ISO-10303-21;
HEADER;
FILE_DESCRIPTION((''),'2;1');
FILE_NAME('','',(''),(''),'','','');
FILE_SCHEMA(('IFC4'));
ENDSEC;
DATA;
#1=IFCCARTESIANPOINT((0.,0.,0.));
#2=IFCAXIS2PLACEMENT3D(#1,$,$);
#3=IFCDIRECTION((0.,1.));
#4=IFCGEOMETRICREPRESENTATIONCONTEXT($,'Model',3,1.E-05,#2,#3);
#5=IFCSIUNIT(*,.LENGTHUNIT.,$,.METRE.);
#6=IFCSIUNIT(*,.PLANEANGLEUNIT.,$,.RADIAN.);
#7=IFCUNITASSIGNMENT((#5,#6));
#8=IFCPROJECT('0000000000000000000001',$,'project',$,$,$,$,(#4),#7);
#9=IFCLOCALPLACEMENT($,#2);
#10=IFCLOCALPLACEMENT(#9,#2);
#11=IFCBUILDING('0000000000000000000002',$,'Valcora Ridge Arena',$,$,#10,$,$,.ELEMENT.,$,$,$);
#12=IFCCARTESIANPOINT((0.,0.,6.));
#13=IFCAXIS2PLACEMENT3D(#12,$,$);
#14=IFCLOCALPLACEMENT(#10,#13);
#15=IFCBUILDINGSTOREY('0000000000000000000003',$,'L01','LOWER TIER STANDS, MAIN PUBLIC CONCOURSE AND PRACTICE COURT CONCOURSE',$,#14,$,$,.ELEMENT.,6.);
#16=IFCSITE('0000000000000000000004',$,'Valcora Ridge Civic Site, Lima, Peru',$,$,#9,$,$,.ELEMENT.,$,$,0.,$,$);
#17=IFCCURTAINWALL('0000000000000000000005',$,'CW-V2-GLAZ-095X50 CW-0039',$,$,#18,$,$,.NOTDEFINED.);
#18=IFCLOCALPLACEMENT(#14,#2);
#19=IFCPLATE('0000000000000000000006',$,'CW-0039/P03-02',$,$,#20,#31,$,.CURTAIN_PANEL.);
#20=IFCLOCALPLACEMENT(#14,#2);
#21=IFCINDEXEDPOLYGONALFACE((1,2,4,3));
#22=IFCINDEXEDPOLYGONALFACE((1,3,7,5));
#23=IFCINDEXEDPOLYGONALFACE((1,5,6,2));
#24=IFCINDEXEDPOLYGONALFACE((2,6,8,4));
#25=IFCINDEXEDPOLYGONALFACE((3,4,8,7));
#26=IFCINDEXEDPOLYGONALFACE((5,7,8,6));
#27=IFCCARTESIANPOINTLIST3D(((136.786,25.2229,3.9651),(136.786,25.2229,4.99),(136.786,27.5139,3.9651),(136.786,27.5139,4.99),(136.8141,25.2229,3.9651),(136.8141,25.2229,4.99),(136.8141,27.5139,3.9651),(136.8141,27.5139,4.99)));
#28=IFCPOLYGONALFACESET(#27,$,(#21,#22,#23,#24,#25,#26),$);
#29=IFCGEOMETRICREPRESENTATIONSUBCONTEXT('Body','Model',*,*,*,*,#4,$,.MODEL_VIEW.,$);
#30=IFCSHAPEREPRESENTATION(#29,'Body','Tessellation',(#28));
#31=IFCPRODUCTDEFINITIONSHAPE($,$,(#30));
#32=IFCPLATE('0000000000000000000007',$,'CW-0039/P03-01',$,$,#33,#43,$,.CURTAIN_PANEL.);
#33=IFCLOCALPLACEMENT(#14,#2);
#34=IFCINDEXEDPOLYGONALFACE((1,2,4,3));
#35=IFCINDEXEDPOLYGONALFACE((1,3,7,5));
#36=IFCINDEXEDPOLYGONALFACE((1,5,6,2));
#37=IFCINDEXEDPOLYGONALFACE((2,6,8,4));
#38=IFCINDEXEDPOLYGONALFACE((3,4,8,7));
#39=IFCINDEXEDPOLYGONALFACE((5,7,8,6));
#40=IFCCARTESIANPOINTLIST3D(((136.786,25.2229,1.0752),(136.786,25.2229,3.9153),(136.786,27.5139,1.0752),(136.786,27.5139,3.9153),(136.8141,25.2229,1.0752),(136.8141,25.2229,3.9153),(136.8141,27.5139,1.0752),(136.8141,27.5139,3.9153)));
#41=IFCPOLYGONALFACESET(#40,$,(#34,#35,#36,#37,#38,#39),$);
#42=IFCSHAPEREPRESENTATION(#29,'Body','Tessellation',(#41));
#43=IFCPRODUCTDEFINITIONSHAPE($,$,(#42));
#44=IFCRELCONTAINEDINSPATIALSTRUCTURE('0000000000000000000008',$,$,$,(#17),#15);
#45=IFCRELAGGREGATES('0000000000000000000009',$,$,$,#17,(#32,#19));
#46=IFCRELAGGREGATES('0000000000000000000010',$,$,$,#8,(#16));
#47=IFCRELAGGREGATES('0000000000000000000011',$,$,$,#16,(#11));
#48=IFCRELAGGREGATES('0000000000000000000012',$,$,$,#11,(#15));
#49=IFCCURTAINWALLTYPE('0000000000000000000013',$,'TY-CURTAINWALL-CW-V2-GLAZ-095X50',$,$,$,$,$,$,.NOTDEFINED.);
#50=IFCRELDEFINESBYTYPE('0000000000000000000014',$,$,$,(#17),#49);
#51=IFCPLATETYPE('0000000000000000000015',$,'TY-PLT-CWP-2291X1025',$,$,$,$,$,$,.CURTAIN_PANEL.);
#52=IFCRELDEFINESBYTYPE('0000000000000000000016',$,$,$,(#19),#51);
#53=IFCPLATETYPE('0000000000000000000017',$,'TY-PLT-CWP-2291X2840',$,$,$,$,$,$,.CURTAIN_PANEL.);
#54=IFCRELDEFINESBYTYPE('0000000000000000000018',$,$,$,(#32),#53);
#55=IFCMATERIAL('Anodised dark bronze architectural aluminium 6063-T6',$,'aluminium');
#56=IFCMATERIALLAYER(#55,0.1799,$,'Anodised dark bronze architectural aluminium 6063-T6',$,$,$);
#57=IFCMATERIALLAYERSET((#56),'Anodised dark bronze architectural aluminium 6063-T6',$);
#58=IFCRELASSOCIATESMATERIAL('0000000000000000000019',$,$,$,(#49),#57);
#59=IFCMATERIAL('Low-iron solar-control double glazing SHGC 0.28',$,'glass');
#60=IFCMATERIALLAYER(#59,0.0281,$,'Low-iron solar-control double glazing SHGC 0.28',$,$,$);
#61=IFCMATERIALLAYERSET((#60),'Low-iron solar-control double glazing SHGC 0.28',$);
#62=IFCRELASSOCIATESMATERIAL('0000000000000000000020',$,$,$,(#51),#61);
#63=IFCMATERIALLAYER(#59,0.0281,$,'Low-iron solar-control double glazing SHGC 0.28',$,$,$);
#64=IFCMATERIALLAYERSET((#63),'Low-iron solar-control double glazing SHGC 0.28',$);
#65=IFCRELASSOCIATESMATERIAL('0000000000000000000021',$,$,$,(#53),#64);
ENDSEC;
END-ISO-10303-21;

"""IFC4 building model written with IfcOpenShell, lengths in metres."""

from ifc_helpers import new_model, si_unit, direction, frame, origin, origin_2d, place, context, subcontext, project, spatial, rectangle, extrude, material, layer, layer_set, type_object, element, aggregate, save


model = new_model("IFC4")

# Units and contexts
model_context = context("Model", 3, precision=1e-05, world=origin(), true_north=direction((0.0, 1.0)))
body_context = subcontext(model_context, "Body", "Model", "MODEL_VIEW")
ifc_project = project(units=[si_unit("LENGTHUNIT", "METRE"), si_unit("PLANEANGLEUNIT", "RADIAN")], contexts=[model_context])

# Site, building, storey
site_placement = place(None, origin())
site = spatial("IfcSite", under=ifc_project, at=site_placement, Name="Valcora Ridge Civic Site, Lima, Peru", CompositionType="ELEMENT", RefElevation=0.0)
building_placement = place(site_placement, origin())
building = spatial("IfcBuilding", under=site, at=building_placement, Name="Valcora Ridge Arena", CompositionType="ELEMENT")
storey_placement = place(building_placement, frame((0.0, 0.0, 6.0)))
storey = spatial("IfcBuildingStorey", under=building, at=storey_placement, Name="L01", Description="LOWER TIER STANDS, MAIN PUBLIC CONCOURSE AND PRACTICE COURT CONCOURSE", CompositionType="ELEMENT", Elevation=6.0)

# Curtain wall
ifc_material_1 = material(Name="Anodised dark bronze architectural aluminium 6063-T6", Category="aluminium")
ifc_layer_1 = layer(ifc_material_1, 0.1799, Name="Anodised dark bronze architectural aluminium 6063-T6")
ifc_layer_set_1 = layer_set([ifc_layer_1], Name="Anodised dark bronze architectural aluminium 6063-T6")
curtain_wall_type_1 = type_object("IfcCurtainWallType", Name="TY-CURTAINWALL-CW-V2-GLAZ-095X50", PredefinedType="NOTDEFINED", material=ifc_layer_set_1)
curtain_wall_1_placement = place(storey_placement, origin())
curtain_wall_1 = element("IfcCurtainWall", 1, at=curtain_wall_1_placement, inside=storey, type_object=curtain_wall_type_1, Name="CW-V2-GLAZ-095X50 CW-0039", PredefinedType="NOTDEFINED")

# Plates
ifc_material_2 = material(Name="Low-iron solar-control double glazing SHGC 0.28", Category="glass")
ifc_layer_2 = layer(ifc_material_2, 0.0281, Name="Low-iron solar-control double glazing SHGC 0.28")
ifc_layer_set_2 = layer_set([ifc_layer_2], Name="Low-iron solar-control double glazing SHGC 0.28")
plate_type_1 = type_object("IfcPlateType", Name="TY-PLT-CWP-2291X1025", PredefinedType="CURTAIN_PANEL", material=ifc_layer_set_2)
plate_1_placement = place(storey_placement, frame((136.8, 26.3684, 3.9651), z_axis=(0.0, 0.0, 1.0), x_axis=(0.0, 1.0, 0.0)))
plate_1 = element("IfcPlate", 2, at=plate_1_placement, type_object=plate_type_1, Name="CW-0039/P03-02", PredefinedType="CURTAIN_PANEL", context=body_context, shape_type="SweptSolid", body=[
    extrude(rectangle(XDim=2.291, YDim=0.0281, at=origin_2d()), origin(), (0.0, 0.0, 1.0), 1.0249),
])
ifc_layer_3 = layer(ifc_material_2, 0.0281, Name="Low-iron solar-control double glazing SHGC 0.28")
ifc_layer_set_3 = layer_set([ifc_layer_3], Name="Low-iron solar-control double glazing SHGC 0.28")
plate_type_2 = type_object("IfcPlateType", Name="TY-PLT-CWP-2291X2840", PredefinedType="CURTAIN_PANEL", material=ifc_layer_set_3)
plate_2_placement = place(storey_placement, frame((136.8, 26.3684, 1.0752), z_axis=(0.0, 0.0, 1.0), x_axis=(0.0, 1.0, 0.0)))
plate_2 = element("IfcPlate", 3, at=plate_2_placement, type_object=plate_type_2, Name="CW-0039/P03-01", PredefinedType="CURTAIN_PANEL", context=body_context, shape_type="SweptSolid", body=[
    extrude(rectangle(XDim=2.291, YDim=0.0281, at=origin_2d()), origin(), (0.0, 0.0, 1.0), 2.8401),
])
aggregate(curtain_wall_1, [plate_2, plate_1])

save(model, "model.ifc")
